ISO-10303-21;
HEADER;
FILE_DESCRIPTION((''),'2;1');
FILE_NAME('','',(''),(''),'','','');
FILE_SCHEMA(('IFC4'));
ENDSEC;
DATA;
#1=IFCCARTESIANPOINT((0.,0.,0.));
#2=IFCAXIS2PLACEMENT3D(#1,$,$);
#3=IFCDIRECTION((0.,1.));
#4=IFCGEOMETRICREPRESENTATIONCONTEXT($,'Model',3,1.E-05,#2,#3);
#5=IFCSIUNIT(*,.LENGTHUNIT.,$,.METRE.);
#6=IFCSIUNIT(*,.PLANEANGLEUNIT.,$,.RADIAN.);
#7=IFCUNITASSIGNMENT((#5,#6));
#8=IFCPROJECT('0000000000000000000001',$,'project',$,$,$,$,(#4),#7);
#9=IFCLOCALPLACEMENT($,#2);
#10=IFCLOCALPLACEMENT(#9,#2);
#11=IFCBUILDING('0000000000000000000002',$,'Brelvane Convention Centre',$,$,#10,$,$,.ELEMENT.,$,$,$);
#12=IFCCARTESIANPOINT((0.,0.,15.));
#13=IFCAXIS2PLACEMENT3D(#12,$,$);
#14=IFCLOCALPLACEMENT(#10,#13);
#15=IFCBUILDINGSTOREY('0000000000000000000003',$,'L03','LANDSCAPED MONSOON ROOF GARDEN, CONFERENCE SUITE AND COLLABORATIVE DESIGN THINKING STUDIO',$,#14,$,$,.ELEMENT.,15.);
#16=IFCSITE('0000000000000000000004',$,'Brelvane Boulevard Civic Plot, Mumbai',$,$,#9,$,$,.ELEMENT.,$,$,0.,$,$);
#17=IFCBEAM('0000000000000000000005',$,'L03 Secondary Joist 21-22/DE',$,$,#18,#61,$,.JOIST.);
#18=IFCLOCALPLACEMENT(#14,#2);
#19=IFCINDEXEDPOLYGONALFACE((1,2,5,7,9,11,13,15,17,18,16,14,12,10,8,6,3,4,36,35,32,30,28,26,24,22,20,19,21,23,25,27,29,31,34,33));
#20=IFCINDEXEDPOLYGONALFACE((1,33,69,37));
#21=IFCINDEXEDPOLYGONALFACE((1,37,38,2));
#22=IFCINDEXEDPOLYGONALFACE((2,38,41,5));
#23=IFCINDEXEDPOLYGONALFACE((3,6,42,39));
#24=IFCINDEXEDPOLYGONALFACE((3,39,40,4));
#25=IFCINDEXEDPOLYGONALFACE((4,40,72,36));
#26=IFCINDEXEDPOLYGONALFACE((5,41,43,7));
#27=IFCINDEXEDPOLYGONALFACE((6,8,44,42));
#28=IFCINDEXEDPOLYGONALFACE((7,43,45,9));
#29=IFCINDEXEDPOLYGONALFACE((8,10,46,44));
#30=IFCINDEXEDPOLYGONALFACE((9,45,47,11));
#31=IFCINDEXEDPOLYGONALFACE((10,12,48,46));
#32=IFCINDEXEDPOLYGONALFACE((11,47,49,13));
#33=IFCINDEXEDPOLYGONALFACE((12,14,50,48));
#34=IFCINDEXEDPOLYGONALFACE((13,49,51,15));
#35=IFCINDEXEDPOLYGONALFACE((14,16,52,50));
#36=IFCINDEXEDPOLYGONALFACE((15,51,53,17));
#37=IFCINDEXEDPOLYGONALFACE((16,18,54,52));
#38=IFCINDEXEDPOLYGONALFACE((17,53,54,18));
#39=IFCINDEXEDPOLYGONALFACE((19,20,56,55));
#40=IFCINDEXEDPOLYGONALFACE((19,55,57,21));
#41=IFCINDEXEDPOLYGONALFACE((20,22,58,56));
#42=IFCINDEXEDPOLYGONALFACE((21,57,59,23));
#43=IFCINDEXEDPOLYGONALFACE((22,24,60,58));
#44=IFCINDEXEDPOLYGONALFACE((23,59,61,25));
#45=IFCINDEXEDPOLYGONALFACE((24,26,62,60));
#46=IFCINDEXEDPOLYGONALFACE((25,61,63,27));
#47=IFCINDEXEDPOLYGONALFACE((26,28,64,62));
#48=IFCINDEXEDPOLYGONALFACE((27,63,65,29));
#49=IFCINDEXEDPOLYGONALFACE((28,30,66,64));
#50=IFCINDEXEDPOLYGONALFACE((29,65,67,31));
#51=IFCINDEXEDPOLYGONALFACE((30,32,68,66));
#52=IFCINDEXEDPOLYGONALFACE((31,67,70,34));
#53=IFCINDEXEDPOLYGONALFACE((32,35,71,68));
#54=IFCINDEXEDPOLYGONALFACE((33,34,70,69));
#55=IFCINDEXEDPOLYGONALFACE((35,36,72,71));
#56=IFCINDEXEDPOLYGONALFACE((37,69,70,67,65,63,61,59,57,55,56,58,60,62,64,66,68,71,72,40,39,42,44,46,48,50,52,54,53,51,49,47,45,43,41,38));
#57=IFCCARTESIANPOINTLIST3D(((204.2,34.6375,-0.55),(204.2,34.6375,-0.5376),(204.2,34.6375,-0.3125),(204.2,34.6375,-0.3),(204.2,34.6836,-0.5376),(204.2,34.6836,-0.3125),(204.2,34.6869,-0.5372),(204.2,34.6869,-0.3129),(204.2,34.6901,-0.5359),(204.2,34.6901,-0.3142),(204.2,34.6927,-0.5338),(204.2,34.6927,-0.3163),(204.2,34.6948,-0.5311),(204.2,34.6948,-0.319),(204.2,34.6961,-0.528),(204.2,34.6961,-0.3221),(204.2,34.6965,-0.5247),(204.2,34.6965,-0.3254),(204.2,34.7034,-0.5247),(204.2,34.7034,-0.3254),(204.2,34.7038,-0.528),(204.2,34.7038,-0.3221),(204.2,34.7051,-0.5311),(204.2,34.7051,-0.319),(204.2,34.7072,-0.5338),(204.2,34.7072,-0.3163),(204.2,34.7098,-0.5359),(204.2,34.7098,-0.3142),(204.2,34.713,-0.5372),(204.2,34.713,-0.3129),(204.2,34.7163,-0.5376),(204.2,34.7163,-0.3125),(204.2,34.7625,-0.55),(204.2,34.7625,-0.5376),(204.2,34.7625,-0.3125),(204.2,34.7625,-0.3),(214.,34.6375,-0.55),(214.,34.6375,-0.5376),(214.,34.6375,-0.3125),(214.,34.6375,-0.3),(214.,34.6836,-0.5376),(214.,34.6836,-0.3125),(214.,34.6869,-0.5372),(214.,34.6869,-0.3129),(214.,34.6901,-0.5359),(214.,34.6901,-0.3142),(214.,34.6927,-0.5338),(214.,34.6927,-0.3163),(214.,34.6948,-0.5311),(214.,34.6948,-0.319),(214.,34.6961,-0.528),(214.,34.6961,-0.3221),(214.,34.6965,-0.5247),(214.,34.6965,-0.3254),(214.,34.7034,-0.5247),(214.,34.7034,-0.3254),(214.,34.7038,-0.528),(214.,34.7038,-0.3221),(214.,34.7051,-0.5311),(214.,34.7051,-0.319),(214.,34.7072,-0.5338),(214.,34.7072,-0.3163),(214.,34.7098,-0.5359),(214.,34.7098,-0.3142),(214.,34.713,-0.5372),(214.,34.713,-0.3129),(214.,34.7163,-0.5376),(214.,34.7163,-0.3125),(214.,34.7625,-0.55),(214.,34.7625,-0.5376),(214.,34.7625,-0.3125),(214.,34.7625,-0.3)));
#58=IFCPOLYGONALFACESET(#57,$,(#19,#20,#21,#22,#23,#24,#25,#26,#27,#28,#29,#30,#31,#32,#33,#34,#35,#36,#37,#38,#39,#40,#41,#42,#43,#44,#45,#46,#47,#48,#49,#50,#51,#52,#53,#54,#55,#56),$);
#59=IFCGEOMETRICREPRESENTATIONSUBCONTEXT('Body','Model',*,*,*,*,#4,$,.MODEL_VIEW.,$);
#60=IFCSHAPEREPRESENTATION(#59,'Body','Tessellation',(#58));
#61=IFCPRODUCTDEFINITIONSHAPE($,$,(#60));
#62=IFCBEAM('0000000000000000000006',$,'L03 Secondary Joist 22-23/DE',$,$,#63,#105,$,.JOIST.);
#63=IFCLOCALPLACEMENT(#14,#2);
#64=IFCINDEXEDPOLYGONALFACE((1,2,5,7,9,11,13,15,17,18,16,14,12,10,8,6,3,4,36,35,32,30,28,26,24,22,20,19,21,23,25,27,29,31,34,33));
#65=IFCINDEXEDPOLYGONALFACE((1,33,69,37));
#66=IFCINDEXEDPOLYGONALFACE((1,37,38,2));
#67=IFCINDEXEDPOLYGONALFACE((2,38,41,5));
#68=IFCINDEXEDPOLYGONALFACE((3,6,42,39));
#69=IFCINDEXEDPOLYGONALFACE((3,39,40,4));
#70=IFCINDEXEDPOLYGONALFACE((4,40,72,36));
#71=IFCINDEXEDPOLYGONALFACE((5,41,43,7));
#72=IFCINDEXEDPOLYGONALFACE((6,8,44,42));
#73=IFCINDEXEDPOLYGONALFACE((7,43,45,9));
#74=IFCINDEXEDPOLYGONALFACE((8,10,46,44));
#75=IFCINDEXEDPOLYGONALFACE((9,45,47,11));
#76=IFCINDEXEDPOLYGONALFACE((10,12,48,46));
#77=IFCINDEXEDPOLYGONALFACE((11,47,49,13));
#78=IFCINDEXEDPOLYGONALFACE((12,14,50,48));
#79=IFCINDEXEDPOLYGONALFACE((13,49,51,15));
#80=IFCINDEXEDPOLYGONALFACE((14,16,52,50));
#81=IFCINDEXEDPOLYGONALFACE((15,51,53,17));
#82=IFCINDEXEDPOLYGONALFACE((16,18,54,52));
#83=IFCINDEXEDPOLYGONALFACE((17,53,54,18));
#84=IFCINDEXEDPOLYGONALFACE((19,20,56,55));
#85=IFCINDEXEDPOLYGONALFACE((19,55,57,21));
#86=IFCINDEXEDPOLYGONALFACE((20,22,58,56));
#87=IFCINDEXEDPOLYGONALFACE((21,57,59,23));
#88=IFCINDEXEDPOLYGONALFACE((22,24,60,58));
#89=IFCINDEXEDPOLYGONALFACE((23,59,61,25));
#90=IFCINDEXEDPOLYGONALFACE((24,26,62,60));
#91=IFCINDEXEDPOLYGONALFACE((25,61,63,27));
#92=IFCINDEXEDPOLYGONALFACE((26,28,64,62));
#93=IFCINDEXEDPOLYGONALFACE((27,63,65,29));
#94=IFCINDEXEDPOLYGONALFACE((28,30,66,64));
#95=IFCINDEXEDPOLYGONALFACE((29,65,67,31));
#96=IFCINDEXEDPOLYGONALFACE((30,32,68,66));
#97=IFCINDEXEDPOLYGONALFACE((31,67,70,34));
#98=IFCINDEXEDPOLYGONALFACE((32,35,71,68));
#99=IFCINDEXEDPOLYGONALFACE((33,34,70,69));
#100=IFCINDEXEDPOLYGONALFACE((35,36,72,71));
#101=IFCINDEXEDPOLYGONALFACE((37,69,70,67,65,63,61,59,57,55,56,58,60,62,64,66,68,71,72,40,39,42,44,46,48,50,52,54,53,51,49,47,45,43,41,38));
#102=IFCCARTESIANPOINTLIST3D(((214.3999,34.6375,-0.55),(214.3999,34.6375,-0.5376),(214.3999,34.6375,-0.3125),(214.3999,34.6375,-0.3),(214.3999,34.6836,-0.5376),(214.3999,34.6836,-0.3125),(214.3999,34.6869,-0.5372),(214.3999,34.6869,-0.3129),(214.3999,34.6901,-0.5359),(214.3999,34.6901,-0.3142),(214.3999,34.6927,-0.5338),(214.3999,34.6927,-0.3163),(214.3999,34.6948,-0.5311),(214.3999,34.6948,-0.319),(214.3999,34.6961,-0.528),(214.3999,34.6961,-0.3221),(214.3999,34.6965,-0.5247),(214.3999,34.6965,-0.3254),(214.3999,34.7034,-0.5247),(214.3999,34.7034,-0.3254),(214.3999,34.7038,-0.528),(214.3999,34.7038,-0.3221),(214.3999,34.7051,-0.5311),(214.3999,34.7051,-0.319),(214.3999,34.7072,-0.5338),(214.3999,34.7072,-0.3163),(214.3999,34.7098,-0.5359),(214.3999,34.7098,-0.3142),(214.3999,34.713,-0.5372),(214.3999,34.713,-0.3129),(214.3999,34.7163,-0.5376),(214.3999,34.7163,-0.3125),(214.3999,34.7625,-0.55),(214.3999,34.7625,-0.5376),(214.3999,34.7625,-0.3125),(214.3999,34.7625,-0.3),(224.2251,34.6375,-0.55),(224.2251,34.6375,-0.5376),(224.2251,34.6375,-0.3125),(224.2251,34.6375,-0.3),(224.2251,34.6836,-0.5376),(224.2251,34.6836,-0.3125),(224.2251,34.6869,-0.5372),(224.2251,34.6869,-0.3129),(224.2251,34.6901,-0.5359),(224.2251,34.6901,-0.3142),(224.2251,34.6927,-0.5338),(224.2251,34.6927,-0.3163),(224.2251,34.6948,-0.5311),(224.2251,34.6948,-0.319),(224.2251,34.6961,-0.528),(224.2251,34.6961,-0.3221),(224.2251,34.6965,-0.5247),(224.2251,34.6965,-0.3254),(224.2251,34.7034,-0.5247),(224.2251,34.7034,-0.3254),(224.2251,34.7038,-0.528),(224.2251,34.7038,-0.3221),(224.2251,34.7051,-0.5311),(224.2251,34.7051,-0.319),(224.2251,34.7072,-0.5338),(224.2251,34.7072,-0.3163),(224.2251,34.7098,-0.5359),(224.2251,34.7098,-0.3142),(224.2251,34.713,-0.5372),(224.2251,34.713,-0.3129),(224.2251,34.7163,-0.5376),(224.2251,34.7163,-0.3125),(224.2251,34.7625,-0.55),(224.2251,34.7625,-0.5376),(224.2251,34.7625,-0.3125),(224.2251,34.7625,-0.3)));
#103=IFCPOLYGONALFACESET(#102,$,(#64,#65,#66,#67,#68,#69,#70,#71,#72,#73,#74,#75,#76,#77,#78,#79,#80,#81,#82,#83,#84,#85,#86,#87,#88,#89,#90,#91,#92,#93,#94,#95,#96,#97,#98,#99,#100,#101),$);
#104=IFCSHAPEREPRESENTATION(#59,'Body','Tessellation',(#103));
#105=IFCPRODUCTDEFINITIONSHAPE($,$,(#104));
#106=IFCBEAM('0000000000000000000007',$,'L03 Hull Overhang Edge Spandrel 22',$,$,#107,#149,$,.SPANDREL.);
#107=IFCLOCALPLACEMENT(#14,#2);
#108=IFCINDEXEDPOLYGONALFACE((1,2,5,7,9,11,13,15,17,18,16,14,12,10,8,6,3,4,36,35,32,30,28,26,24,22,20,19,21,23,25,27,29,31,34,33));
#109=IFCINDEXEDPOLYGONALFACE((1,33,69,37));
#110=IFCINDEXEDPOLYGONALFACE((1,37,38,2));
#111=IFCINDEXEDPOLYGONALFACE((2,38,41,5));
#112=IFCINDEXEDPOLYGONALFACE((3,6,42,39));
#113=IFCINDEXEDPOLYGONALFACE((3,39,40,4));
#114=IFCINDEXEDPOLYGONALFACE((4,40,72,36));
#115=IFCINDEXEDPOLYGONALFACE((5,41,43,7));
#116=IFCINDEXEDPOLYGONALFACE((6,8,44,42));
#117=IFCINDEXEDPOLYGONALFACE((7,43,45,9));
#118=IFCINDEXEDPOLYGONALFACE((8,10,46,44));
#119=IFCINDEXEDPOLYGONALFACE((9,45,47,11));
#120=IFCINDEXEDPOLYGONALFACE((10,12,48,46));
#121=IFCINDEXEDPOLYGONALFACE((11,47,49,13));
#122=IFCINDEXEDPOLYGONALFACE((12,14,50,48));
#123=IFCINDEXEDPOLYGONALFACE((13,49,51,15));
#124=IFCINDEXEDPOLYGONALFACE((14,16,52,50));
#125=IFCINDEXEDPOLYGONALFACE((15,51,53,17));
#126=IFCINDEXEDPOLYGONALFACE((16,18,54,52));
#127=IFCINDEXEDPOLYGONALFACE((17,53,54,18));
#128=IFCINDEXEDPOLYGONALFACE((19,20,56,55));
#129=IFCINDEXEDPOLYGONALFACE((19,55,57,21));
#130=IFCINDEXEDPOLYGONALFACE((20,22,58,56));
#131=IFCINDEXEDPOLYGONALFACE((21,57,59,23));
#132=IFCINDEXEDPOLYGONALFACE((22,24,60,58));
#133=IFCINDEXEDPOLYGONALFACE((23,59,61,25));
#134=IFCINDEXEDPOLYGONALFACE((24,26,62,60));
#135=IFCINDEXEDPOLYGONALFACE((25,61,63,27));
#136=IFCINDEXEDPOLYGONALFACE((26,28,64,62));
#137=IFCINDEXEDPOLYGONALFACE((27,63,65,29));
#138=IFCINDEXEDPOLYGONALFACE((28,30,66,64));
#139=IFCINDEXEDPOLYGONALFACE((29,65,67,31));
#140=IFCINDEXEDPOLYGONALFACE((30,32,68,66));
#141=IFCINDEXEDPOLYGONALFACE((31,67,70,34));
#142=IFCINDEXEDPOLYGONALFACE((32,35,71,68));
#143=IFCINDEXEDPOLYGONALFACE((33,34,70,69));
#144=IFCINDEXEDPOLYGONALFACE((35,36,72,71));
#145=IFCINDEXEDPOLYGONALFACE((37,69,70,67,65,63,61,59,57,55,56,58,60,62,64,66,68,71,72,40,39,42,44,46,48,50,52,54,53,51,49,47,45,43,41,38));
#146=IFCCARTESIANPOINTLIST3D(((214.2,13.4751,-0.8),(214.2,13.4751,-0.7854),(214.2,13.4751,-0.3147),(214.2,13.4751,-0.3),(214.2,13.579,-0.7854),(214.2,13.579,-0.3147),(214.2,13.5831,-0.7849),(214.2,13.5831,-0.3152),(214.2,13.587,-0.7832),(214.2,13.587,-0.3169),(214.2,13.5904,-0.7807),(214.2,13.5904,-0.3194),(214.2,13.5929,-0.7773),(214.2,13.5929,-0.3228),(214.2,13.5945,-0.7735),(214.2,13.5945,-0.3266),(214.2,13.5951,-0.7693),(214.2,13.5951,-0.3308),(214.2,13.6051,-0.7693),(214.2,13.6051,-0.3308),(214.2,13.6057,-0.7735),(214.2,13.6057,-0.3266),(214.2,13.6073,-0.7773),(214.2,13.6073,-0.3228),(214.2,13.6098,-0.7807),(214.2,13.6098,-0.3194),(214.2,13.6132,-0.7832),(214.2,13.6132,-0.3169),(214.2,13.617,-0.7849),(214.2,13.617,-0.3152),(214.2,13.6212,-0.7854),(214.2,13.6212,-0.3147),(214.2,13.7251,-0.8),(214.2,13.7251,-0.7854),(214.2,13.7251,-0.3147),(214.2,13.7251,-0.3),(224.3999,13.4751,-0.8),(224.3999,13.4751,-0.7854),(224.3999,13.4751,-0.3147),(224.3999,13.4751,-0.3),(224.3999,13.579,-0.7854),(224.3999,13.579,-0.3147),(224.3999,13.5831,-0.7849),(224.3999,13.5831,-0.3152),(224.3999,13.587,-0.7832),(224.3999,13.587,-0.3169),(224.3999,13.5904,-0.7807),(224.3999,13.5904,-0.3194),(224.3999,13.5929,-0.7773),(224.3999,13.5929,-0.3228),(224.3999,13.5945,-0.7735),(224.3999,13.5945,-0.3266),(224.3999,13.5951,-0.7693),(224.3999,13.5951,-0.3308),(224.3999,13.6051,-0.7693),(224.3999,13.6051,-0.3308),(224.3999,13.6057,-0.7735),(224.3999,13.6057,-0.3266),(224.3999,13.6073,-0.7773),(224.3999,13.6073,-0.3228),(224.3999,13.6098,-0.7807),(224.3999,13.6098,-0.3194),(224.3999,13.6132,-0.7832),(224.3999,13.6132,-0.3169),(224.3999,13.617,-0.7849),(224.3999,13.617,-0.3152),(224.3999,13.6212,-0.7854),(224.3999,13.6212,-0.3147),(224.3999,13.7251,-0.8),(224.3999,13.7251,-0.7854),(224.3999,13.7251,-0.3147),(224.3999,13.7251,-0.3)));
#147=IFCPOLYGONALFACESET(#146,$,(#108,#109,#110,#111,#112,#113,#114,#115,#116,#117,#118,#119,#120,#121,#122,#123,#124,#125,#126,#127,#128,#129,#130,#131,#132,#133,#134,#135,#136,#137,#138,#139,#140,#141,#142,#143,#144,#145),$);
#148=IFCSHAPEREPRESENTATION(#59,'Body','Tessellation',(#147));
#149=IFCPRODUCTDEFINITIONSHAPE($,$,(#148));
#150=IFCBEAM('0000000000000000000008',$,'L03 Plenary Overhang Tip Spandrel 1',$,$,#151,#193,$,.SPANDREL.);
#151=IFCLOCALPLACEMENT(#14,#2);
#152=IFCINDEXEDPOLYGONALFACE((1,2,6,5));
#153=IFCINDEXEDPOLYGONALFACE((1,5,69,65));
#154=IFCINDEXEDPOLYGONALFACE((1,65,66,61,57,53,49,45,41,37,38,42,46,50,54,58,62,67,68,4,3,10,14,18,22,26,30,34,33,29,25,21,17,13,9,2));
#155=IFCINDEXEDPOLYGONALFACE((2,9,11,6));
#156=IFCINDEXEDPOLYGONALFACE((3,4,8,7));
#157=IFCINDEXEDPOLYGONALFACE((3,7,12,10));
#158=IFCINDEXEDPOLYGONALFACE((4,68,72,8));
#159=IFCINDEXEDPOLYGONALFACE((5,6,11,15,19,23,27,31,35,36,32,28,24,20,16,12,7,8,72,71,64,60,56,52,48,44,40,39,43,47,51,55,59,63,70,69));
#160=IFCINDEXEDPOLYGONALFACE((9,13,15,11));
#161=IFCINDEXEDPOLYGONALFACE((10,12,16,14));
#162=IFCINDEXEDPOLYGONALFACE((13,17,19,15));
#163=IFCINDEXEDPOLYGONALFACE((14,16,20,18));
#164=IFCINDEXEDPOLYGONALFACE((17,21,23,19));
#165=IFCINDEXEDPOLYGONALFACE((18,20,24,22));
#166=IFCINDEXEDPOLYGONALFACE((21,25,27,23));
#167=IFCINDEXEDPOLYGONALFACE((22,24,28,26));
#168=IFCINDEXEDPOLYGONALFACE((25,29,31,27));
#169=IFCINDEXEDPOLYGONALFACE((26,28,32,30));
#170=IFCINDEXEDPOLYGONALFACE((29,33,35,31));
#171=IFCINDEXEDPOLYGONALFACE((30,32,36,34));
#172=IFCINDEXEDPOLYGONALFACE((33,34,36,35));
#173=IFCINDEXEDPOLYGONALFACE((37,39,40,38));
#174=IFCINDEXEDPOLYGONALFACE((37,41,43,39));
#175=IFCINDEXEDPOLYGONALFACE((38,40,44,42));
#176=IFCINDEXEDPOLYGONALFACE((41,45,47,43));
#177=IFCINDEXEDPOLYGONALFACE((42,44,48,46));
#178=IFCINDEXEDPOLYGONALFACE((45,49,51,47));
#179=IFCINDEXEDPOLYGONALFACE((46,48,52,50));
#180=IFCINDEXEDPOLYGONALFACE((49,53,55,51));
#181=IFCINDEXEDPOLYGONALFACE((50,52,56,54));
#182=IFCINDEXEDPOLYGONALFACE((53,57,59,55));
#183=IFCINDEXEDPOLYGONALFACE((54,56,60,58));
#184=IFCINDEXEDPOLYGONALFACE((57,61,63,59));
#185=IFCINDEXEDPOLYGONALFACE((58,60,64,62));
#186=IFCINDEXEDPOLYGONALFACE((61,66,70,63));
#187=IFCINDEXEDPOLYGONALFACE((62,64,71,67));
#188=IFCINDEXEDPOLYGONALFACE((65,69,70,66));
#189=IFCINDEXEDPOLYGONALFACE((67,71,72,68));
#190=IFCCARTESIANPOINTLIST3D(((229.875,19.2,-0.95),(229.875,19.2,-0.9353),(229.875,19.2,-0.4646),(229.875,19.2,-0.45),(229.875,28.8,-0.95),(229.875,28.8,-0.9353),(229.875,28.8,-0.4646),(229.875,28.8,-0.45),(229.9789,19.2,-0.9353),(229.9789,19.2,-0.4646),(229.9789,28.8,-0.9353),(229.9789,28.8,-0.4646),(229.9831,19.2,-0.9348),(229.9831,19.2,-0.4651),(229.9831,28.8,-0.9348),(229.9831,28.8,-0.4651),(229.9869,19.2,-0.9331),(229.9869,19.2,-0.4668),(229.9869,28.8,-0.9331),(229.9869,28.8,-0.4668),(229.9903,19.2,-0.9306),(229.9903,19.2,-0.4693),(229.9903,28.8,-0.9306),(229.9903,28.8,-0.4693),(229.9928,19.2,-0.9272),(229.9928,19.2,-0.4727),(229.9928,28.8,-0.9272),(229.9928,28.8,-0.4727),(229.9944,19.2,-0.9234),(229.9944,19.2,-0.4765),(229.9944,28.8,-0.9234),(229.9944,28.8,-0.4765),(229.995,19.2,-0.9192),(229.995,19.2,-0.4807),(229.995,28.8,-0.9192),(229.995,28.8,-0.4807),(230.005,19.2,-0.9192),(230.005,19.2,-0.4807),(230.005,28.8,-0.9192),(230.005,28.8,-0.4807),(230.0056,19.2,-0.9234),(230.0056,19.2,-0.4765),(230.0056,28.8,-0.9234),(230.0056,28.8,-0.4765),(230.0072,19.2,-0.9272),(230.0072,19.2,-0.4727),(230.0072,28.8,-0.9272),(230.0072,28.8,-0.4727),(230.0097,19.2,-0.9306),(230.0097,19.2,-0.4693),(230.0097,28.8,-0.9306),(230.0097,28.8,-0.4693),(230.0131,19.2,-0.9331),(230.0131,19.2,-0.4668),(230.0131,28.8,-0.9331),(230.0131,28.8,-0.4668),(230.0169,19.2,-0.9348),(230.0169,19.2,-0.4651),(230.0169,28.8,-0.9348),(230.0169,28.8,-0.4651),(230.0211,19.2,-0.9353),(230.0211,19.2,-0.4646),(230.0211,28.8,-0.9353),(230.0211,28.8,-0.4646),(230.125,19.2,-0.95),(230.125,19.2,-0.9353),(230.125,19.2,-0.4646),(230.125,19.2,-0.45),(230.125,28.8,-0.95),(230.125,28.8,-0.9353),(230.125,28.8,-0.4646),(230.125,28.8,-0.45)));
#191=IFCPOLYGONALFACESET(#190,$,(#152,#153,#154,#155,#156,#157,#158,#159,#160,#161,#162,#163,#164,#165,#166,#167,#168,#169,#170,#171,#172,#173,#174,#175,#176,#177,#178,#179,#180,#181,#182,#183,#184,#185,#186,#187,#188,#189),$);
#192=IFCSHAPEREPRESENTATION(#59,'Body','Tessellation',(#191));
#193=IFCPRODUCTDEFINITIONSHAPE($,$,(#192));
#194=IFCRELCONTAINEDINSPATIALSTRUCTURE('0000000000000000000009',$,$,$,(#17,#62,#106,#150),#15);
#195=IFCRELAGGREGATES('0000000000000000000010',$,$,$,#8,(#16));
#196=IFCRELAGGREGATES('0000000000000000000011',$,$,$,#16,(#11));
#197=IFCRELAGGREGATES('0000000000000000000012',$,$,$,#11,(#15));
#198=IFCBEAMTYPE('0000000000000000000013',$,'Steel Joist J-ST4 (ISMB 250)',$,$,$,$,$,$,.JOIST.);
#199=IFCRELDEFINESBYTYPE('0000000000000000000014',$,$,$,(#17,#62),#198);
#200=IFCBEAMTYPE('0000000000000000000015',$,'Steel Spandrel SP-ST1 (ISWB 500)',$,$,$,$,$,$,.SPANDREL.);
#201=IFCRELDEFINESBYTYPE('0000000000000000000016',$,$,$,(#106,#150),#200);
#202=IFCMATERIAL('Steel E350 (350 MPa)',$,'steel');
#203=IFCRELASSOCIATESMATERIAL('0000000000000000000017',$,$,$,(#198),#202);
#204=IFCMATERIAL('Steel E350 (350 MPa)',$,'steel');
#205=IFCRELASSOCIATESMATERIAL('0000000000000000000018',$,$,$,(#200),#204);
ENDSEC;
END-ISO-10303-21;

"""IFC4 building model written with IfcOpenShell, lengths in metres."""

from ifc_helpers import new_model, si_unit, direction, frame, origin, origin_2d, place, context, subcontext, project, spatial, i_section, extrude, material, material_profile, profile_set, type_object, element, save


model = new_model("IFC4")

# Units and contexts
model_context = context("Model", 3, precision=1e-05, world=origin(), true_north=direction((0.0, 1.0)))
body_context = subcontext(model_context, "Body", "Model", "MODEL_VIEW")
ifc_project = project(units=[si_unit("LENGTHUNIT", "METRE"), si_unit("PLANEANGLEUNIT", "RADIAN")], contexts=[model_context])

# Site, building, storey
site_placement = place(None, origin())
site = spatial("IfcSite", under=ifc_project, at=site_placement, Name="Brelvane Boulevard Civic Plot, Mumbai", CompositionType="ELEMENT", RefElevation=0.0)
building_placement = place(site_placement, origin())
building = spatial("IfcBuilding", under=site, at=building_placement, Name="Brelvane Convention Centre", CompositionType="ELEMENT")
storey_placement = place(building_placement, frame((0.0, 0.0, 15.0)))
storey = spatial("IfcBuildingStorey", under=building, at=storey_placement, Name="L03", Description="LANDSCAPED MONSOON ROOF GARDEN, CONFERENCE SUITE AND COLLABORATIVE DESIGN THINKING STUDIO", CompositionType="ELEMENT", Elevation=15.0)

# Beams
ifc_material_1 = material(Name="Steel E350 (350 MPa)", Category="steel")
ifc_material_profile_1 = material_profile(ifc_material_1, i_section(OverallWidth=0.125, OverallDepth=0.25, WebThickness=0.0068, FlangeThickness=0.0125, FilletRadius=0.0129, at=origin_2d()), Name="ISMB 250")
ifc_profile_set_1 = profile_set([ifc_material_profile_1], Name="Steel E350 (350 MPa)")
beam_type_1 = type_object("IfcBeamType", Name="Steel Joist J-ST4 (ISMB 250)", PredefinedType="JOIST", material=ifc_profile_set_1)
beam_1_placement = place(storey_placement, frame((204.2, 34.7, -0.425), z_axis=(1.0, 0.0, 0.0), x_axis=(0.0, 1.0, 0.0)))
element("IfcBeam", 1, at=beam_1_placement, inside=storey, type_object=beam_type_1, Name="L03 Secondary Joist 21-22/DE", PredefinedType="JOIST", context=body_context, shape_type="SweptSolid", body=[
    extrude(i_section(OverallWidth=0.125, OverallDepth=0.25, WebThickness=0.0068, FlangeThickness=0.0125, FilletRadius=0.0129, at=origin_2d()), origin(), (0.0, 0.0, 1.0), 9.8),
])
beam_2_placement = place(storey_placement, frame((214.3999, 34.7, -0.425), z_axis=(1.0, 0.0, 0.0), x_axis=(0.0, 1.0, 0.0)))
element("IfcBeam", 2, at=beam_2_placement, inside=storey, type_object=beam_type_1, Name="L03 Secondary Joist 22-23/DE", PredefinedType="JOIST", context=body_context, shape_type="SweptSolid", body=[
    extrude(i_section(OverallWidth=0.125, OverallDepth=0.25, WebThickness=0.0068, FlangeThickness=0.0125, FilletRadius=0.0129, at=origin_2d()), origin(), (0.0, 0.0, 1.0), 9.8252),
])
ifc_material_2 = material(Name="Steel E350 (350 MPa)", Category="steel")
ifc_material_profile_2 = material_profile(ifc_material_2, i_section(OverallWidth=0.25, OverallDepth=0.5, WebThickness=0.01, FlangeThickness=0.0146, FilletRadius=0.0161, at=origin_2d()), Name="ISWB 500")
ifc_profile_set_2 = profile_set([ifc_material_profile_2], Name="Steel E350 (350 MPa)")
beam_type_2 = type_object("IfcBeamType", Name="Steel Spandrel SP-ST1 (ISWB 500)", PredefinedType="SPANDREL", material=ifc_profile_set_2)
beam_3_placement = place(storey_placement, frame((214.2, 13.6001, -0.55), z_axis=(1.0, 0.0, 0.0), x_axis=(0.0, 1.0, 0.0)))
element("IfcBeam", 3, at=beam_3_placement, inside=storey, type_object=beam_type_2, Name="L03 Hull Overhang Edge Spandrel 22", PredefinedType="SPANDREL", context=body_context, shape_type="SweptSolid", body=[
    extrude(i_section(OverallWidth=0.25, OverallDepth=0.5, WebThickness=0.01, FlangeThickness=0.0146, FilletRadius=0.0161, at=origin_2d()), origin(), (0.0, 0.0, 1.0), 10.2),
])
beam_4_placement = place(storey_placement, frame((230.0, 19.2, -0.7), z_axis=(0.0, 1.0, 0.0), x_axis=(-1.0, 0.0, 0.0)))
element("IfcBeam", 4, at=beam_4_placement, inside=storey, type_object=beam_type_2, Name="L03 Plenary Overhang Tip Spandrel 1", PredefinedType="SPANDREL", context=body_context, shape_type="SweptSolid", body=[
    extrude(i_section(OverallWidth=0.25, OverallDepth=0.5, WebThickness=0.01, FlangeThickness=0.0146, FilletRadius=0.0161, at=origin_2d()), origin(), (0.0, 0.0, 1.0), 9.6001),
])

save(model, "model.ifc")
